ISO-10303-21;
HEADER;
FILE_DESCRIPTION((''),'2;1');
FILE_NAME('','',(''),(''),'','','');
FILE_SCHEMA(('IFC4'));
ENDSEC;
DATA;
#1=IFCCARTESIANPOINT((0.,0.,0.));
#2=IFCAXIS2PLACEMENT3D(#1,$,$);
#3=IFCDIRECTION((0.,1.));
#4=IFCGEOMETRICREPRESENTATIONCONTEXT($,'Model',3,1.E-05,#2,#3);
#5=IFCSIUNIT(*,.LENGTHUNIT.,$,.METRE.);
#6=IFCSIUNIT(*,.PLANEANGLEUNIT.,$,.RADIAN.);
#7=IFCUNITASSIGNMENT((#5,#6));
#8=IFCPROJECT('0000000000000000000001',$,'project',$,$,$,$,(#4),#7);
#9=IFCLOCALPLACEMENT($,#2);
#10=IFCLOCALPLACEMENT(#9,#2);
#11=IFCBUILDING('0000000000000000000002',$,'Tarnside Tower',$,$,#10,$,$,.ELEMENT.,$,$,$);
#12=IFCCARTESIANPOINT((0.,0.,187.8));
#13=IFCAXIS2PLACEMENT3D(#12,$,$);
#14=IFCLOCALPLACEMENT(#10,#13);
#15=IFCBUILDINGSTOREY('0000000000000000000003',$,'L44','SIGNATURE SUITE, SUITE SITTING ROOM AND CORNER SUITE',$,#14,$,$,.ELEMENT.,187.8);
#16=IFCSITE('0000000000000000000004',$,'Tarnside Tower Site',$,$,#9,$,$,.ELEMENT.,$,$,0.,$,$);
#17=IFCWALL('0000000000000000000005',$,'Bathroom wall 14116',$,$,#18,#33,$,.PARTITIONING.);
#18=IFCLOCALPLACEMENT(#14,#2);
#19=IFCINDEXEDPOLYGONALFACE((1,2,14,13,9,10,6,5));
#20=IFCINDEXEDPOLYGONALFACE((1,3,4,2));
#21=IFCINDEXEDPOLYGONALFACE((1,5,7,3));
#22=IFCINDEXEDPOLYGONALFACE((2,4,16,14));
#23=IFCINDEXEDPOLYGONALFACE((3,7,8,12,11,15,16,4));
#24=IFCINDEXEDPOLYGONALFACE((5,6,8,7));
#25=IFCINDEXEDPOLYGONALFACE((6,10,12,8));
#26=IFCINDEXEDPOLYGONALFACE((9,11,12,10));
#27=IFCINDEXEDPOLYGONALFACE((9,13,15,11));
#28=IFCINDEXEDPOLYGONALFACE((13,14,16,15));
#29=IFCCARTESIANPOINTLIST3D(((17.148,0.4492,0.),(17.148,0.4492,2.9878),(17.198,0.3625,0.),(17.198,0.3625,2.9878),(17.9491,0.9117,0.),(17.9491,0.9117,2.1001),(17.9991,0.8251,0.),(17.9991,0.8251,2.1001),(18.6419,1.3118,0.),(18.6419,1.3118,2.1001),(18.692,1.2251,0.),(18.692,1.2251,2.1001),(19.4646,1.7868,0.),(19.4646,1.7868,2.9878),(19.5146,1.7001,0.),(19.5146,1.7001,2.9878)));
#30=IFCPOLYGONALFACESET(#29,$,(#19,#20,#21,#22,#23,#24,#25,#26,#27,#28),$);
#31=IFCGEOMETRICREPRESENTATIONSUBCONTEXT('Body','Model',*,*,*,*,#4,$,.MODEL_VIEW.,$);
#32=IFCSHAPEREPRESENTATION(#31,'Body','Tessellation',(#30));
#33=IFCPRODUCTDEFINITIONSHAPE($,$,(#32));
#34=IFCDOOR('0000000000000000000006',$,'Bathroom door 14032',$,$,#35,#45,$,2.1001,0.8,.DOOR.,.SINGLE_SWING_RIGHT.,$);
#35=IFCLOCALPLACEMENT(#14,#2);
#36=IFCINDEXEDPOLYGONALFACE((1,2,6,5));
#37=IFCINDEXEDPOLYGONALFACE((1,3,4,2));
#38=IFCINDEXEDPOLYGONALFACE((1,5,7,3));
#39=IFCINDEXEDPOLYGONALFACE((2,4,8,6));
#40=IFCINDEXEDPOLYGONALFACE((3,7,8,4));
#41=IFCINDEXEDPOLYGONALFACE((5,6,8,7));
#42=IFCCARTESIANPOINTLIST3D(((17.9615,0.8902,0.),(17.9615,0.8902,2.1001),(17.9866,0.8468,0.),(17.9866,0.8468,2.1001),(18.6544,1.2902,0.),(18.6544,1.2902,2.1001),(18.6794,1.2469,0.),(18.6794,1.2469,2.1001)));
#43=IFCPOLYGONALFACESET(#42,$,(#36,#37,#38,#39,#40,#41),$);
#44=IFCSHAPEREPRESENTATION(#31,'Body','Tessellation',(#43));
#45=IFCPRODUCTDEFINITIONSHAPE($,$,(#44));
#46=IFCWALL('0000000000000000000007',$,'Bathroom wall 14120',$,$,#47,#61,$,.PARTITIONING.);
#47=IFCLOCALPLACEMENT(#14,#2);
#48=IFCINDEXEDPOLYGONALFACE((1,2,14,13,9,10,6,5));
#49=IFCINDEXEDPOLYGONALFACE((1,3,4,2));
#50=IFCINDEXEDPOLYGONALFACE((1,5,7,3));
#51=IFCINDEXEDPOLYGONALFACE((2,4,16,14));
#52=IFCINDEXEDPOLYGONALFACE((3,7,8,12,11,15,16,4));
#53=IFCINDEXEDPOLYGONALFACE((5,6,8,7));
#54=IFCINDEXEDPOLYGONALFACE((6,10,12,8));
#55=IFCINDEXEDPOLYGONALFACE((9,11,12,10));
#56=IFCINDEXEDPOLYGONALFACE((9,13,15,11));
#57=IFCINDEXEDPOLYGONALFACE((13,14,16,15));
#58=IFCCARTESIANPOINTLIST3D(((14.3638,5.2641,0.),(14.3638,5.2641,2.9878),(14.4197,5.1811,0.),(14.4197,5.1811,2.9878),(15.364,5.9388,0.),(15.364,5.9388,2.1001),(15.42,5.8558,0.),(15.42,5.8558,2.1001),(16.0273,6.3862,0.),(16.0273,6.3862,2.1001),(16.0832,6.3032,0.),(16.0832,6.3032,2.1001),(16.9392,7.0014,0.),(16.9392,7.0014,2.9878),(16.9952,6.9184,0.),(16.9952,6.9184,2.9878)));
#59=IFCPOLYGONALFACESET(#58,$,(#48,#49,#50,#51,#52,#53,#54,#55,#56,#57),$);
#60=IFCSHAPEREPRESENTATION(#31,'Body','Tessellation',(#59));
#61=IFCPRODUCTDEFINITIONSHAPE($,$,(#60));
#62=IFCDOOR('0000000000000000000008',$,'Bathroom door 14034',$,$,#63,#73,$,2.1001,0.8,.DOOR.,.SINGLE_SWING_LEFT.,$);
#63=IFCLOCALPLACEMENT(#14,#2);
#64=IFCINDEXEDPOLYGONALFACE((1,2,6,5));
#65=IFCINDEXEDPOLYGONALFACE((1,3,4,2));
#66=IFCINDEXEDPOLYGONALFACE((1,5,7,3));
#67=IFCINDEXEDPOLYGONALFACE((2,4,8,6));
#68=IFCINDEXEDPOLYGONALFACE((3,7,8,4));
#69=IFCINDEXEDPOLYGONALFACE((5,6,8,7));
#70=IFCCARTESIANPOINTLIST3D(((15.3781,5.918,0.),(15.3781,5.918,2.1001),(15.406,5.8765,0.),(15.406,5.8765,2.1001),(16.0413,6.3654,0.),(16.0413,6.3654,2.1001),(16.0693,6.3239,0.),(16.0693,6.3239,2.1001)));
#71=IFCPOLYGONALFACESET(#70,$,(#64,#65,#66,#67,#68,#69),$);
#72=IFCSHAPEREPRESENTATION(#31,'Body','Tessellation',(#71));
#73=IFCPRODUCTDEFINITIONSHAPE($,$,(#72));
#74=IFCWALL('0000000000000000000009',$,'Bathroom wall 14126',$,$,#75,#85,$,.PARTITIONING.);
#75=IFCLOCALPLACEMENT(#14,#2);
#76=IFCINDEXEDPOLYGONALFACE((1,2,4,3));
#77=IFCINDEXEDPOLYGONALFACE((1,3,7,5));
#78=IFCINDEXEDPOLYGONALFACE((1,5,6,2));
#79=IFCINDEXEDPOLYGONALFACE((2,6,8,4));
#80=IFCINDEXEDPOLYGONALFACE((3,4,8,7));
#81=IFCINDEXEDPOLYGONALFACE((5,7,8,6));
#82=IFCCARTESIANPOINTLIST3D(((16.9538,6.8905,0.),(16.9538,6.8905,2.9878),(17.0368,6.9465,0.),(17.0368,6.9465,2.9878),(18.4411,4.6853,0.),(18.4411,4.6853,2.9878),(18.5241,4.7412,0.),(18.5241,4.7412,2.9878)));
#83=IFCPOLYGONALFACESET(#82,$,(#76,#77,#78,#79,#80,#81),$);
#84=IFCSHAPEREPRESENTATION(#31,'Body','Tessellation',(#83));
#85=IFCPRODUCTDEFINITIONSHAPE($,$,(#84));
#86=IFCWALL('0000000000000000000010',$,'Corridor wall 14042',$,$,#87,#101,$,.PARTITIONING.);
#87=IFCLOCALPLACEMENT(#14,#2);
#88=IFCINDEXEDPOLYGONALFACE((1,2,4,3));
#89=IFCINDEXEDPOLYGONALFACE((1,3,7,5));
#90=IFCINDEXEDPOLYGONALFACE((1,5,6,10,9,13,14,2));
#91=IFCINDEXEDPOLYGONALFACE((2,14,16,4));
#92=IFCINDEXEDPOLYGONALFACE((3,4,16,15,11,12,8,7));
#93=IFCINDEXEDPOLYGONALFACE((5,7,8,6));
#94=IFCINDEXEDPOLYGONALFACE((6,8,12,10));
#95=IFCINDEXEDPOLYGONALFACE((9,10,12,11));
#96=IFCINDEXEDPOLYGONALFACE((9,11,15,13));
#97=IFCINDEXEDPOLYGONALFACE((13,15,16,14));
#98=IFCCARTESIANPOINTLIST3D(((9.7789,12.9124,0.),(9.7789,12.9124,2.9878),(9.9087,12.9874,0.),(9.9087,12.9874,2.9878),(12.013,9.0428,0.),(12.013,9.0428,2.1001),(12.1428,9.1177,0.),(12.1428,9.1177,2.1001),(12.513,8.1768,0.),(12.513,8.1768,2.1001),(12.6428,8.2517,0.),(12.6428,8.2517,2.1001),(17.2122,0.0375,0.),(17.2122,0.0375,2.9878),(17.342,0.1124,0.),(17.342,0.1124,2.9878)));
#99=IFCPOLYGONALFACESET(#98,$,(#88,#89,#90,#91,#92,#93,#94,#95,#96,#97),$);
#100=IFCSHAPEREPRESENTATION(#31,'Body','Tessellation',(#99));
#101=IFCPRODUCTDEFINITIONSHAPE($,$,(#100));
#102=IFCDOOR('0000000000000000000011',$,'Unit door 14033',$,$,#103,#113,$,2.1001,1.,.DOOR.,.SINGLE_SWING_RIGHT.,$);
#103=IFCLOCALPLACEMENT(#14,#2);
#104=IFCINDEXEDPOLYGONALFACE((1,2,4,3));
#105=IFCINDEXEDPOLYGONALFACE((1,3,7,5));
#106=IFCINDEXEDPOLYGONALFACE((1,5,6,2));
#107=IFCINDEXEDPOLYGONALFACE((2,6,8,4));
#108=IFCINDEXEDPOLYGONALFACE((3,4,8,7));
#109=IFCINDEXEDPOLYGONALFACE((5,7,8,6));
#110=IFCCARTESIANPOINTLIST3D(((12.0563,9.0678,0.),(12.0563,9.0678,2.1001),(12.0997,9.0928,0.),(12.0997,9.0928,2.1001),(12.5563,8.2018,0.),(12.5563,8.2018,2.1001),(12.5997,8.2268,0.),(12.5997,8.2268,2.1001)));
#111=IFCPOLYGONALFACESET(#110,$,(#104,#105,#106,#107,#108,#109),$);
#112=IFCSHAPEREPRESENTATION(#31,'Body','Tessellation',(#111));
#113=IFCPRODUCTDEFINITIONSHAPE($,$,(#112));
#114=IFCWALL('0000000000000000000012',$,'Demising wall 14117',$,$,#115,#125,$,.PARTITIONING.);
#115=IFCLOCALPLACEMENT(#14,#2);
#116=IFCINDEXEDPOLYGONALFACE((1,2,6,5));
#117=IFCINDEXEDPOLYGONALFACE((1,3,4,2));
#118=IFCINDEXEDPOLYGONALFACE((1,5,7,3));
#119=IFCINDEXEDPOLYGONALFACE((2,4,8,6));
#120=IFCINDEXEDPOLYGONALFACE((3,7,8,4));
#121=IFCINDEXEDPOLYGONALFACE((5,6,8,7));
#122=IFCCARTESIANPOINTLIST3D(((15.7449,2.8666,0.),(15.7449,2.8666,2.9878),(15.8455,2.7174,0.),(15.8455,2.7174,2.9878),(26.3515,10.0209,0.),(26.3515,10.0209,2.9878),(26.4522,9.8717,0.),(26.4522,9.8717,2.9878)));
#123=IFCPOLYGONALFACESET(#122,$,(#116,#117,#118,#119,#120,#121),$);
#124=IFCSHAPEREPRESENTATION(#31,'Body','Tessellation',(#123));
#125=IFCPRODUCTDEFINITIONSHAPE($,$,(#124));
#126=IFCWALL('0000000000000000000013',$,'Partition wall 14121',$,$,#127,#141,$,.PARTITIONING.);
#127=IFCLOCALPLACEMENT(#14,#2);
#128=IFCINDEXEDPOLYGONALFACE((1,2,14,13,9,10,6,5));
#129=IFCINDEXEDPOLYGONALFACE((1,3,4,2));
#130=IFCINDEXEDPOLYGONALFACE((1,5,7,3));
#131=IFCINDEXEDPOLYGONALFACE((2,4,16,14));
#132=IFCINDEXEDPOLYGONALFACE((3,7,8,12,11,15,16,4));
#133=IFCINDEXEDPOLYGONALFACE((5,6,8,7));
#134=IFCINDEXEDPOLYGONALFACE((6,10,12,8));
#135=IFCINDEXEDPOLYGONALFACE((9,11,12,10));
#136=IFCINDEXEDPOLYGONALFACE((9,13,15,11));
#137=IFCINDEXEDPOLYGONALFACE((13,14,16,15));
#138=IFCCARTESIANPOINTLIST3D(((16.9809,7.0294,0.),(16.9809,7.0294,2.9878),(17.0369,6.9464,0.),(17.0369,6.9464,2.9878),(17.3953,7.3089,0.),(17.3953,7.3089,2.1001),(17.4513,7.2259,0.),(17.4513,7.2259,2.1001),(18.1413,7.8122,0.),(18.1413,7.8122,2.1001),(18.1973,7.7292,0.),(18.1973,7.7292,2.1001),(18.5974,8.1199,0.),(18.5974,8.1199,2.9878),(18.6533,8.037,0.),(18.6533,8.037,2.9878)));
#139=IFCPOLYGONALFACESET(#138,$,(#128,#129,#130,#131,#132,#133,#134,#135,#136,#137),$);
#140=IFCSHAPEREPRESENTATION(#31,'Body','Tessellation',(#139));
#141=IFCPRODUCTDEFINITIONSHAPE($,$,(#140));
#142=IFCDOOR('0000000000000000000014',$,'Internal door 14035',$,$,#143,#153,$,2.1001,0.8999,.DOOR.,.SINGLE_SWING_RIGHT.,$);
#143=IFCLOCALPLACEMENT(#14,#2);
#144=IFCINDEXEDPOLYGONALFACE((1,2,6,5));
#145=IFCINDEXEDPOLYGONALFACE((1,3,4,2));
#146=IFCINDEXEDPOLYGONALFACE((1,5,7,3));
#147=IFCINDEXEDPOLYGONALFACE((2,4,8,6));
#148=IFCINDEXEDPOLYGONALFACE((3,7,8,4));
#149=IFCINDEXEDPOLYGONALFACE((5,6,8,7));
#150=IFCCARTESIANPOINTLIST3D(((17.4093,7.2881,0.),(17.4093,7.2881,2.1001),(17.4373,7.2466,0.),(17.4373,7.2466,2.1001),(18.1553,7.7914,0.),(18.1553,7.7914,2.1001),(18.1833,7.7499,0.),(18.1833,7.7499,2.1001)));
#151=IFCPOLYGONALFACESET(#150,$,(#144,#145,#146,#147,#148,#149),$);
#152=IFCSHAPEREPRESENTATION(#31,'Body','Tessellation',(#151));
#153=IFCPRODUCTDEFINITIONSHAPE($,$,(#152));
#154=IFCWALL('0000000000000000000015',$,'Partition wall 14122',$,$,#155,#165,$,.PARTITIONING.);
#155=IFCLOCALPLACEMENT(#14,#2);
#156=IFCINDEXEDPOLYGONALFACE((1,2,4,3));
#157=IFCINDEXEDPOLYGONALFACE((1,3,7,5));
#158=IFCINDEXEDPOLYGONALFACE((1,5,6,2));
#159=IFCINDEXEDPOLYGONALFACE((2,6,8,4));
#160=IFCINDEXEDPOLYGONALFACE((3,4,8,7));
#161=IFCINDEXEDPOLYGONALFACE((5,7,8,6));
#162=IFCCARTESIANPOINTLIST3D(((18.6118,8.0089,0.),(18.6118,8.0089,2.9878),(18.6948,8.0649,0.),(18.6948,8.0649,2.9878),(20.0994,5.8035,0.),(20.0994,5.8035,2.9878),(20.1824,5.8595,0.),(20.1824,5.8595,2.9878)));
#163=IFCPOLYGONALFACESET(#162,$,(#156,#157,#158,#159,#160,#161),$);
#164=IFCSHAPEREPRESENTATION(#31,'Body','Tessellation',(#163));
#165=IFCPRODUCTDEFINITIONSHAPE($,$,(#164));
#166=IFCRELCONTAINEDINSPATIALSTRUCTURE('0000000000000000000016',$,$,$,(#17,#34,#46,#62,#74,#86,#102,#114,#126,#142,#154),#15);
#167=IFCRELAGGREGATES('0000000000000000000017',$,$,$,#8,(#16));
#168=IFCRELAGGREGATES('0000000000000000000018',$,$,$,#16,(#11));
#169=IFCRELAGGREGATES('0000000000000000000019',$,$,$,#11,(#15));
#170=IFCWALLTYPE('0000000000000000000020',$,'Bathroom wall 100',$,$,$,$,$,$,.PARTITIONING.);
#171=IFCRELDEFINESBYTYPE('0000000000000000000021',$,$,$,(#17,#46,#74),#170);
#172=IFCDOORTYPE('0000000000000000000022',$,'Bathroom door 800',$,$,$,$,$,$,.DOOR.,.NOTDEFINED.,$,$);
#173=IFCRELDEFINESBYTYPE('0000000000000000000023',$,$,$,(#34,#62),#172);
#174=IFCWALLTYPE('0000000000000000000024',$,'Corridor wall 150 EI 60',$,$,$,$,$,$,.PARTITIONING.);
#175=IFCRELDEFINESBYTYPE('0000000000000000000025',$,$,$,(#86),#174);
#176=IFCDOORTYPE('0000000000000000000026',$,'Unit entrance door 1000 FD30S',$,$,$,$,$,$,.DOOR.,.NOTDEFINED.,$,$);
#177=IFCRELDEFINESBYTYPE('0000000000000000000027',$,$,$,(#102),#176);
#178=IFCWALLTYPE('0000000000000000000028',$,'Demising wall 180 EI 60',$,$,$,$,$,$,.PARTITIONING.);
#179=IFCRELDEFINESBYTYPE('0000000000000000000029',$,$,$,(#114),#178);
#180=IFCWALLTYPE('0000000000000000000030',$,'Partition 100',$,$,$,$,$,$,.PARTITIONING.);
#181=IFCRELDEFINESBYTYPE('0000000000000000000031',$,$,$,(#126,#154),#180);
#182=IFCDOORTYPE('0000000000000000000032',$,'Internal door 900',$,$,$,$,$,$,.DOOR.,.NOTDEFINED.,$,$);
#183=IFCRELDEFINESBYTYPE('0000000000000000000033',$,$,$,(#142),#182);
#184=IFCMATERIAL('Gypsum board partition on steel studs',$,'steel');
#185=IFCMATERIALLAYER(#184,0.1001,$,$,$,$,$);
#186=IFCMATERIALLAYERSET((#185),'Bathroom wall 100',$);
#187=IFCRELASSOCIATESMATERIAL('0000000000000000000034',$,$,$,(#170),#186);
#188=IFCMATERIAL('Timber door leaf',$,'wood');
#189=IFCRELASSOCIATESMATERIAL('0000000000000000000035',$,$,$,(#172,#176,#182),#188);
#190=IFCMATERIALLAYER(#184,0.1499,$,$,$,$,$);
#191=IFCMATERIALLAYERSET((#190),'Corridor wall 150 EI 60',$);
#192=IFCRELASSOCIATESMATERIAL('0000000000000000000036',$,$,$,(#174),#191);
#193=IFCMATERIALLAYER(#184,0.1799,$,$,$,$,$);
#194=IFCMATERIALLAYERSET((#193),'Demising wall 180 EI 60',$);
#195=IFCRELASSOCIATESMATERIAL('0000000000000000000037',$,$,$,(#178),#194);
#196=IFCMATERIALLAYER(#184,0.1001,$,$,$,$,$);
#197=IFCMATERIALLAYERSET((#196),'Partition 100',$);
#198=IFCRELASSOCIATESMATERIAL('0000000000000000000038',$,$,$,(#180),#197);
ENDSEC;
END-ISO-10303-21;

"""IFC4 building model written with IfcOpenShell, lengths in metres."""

from ifc_helpers import new_model, si_unit, direction, frame, frame_2d, origin, place, context, subcontext, project, spatial, rectangle, extrude, material, layer, layer_set, type_object, element, fill, save


model = new_model("IFC4")

# Units and contexts
model_context = context("Model", 3, precision=1e-05, world=origin(), true_north=direction((0.0, 1.0)))
body_context = subcontext(model_context, "Body", "Model", "MODEL_VIEW")
ifc_project = project(units=[si_unit("LENGTHUNIT", "METRE"), si_unit("PLANEANGLEUNIT", "RADIAN")], contexts=[model_context])

# Site, building, storey
site_placement = place(None, origin())
site = spatial("IfcSite", under=ifc_project, at=site_placement, Name="Tarnside Tower Site", CompositionType="ELEMENT", RefElevation=0.0)
building_placement = place(site_placement, origin())
building = spatial("IfcBuilding", under=site, at=building_placement, Name="Tarnside Tower", CompositionType="ELEMENT")
storey_placement = place(building_placement, frame((0.0, 0.0, 187.8)))
storey = spatial("IfcBuildingStorey", under=building, at=storey_placement, Name="L44", Description="SIGNATURE SUITE, SUITE SITTING ROOM AND CORNER SUITE", CompositionType="ELEMENT", Elevation=187.8)

# Shared definitions
ifc_material_1 = material(Name="Gypsum board partition on steel studs", Category="steel")
ifc_layer_1 = layer(ifc_material_1, 0.1001)
ifc_layer_set_1 = layer_set([ifc_layer_1], Name="Bathroom wall 100")
wall_type_1 = type_object("IfcWallType", Name="Bathroom wall 100", PredefinedType="PARTITIONING", material=ifc_layer_set_1)

# Walls, openings, doors
wall_1_placement = place(storey_placement, frame((19.4895, 1.7434, 0.0), z_axis=(0.0, 0.0, 1.0), x_axis=(-0.866005, -0.500036, 0.0)))
wall_1 = element("IfcWall", 1, at=wall_1_placement, inside=storey, type_object=wall_type_1, Name="Bathroom wall 14116", PredefinedType="PARTITIONING", context=body_context, shape_type="SweptSolid", body=[
    extrude(rectangle(XDim=2.675, YDim=0.1001, at=frame_2d((1.3374, 0.0))), origin(), (0.0, 0.0, 1.0), 2.9878),
])
opening_1_placement = place(wall_1_placement, frame((0.95, 0.0, 0.0)))
opening_1 = element("IfcOpeningElement", 2, at=opening_1_placement, cuts=wall_1, PredefinedType="OPENING", context=body_context, shape_type="SweptSolid", body=[
    extrude(rectangle(XDim=0.8, YDim=2.1001, at=frame_2d((0.3999, 1.05))), frame((0.0, 0.0601, 0.0), z_axis=(0.0, -1.0, 0.0), x_axis=(1.0, 0.0, 0.0)), (0.0, 0.0, 1.0), 0.1201),
])
ifc_material_2 = material(Name="Timber door leaf", Category="wood")
door_type_1 = type_object("IfcDoorType", Name="Bathroom door 800", OperationType="NOTDEFINED", PredefinedType="DOOR", material=ifc_material_2)
door_1_placement = place(opening_1_placement, origin())
door_1 = element("IfcDoor", 3, at=door_1_placement, inside=storey, type_object=door_type_1, Name="Bathroom door 14032", OperationType="SINGLE_SWING_RIGHT", OverallHeight=2.1001, OverallWidth=0.8, PredefinedType="DOOR", context=body_context, shape_type="SweptSolid", body=[
    extrude(rectangle(XDim=0.8, YDim=2.1001, at=frame_2d((0.3999, 1.05))), frame((0.0, 0.0249, 0.0), z_axis=(0.0, -1.0, 0.0), x_axis=(1.0, 0.0, 0.0)), (0.0, 0.0, 1.0), 0.05),
])
fill(opening_1, door_1)
wall_2_placement = place(storey_placement, frame((14.3918, 5.2227, 0.0), z_axis=(0.0, 0.0, 1.0), x_axis=(0.829015, 0.559226, 0.0)))
wall_2 = element("IfcWall", 4, at=wall_2_placement, inside=storey, type_object=wall_type_1, Name="Bathroom wall 14120", PredefinedType="PARTITIONING", context=body_context, shape_type="SweptSolid", body=[
    extrude(rectangle(XDim=3.1067, YDim=0.1001, at=frame_2d((1.5532, 0.0))), origin(), (0.0, 0.0, 1.0), 2.9878),
])
opening_2_placement = place(wall_2_placement, frame((1.2065, 0.0, 0.0)))
opening_2 = element("IfcOpeningElement", 5, at=opening_2_placement, cuts=wall_2, PredefinedType="OPENING", context=body_context, shape_type="SweptSolid", body=[
    extrude(rectangle(XDim=0.8, YDim=2.1001, at=frame_2d((0.3999, 1.05))), frame((0.0, 0.0601, 0.0), z_axis=(0.0, -1.0, 0.0), x_axis=(1.0, 0.0, 0.0)), (0.0, 0.0, 1.0), 0.1201),
])
door_2_placement = place(opening_2_placement, origin())
door_2 = element("IfcDoor", 6, at=door_2_placement, inside=storey, type_object=door_type_1, Name="Bathroom door 14034", OperationType="SINGLE_SWING_LEFT", OverallHeight=2.1001, OverallWidth=0.8, PredefinedType="DOOR", context=body_context, shape_type="SweptSolid", body=[
    extrude(rectangle(XDim=0.8, YDim=2.1001, at=frame_2d((0.3999, 1.05))), frame((0.0, 0.0249, 0.0), z_axis=(0.0, -1.0, 0.0), x_axis=(1.0, 0.0, 0.0)), (0.0, 0.0, 1.0), 0.05),
])
fill(opening_2, door_2)

# Wall
wall_3_placement = place(storey_placement, frame((18.4827, 4.7131, 0.0), z_axis=(0.0, 0.0, 1.0), x_axis=(-0.55914, 0.829073, 0.0)))
element("IfcWall", 7, at=wall_3_placement, inside=storey, type_object=wall_type_1, Name="Bathroom wall 14126", PredefinedType="PARTITIONING", context=body_context, shape_type="SweptSolid", body=[
    extrude(rectangle(XDim=2.6599, YDim=0.1001, at=frame_2d((1.3301, 0.0))), origin(), (0.0, 0.0, 1.0), 2.9878),
])

# Wall, opening, door
ifc_layer_2 = layer(ifc_material_1, 0.1499)
ifc_layer_set_2 = layer_set([ifc_layer_2], Name="Corridor wall 150 EI 60")
wall_type_2 = type_object("IfcWallType", Name="Corridor wall 150 EI 60", PredefinedType="PARTITIONING", material=ifc_layer_set_2)
wall_4_placement = place(storey_placement, frame((17.2771, 0.075, 0.0), z_axis=(0.0, 0.0, 1.0), x_axis=(-0.499998, 0.866026, 0.0)))
wall_4 = element("IfcWall", 8, at=wall_4_placement, inside=storey, type_object=wall_type_2, Name="Corridor wall 14042", PredefinedType="PARTITIONING", context=body_context, shape_type="SweptSolid", body=[
    extrude(rectangle(XDim=14.8667, YDim=0.1499, at=frame_2d((7.4333, 0.0))), origin(), (0.0, 0.0, 1.0), 2.9878),
])
opening_3_placement = place(wall_4_placement, frame((9.3984, 0.0, 0.0)))
opening_3 = element("IfcOpeningElement", 9, at=opening_3_placement, cuts=wall_4, PredefinedType="OPENING", context=body_context, shape_type="SweptSolid", body=[
    extrude(rectangle(XDim=1.0, YDim=2.1001, at=frame_2d((0.5, 1.05))), frame((0.0, 0.085, 0.0), z_axis=(0.0, -1.0, 0.0), x_axis=(1.0, 0.0, 0.0)), (0.0, 0.0, 1.0), 0.1699),
])
door_type_2 = type_object("IfcDoorType", Name="Unit entrance door 1000 FD30S", OperationType="NOTDEFINED", PredefinedType="DOOR", material=ifc_material_2)
door_3_placement = place(opening_3_placement, origin())
door_3 = element("IfcDoor", 10, at=door_3_placement, inside=storey, type_object=door_type_2, Name="Unit door 14033", OperationType="SINGLE_SWING_RIGHT", OverallHeight=2.1001, OverallWidth=1.0, PredefinedType="DOOR", context=body_context, shape_type="SweptSolid", body=[
    extrude(rectangle(XDim=1.0, YDim=2.1001, at=frame_2d((0.5, 1.05))), frame((0.0, 0.0249, 0.0), z_axis=(0.0, -1.0, 0.0), x_axis=(1.0, 0.0, 0.0)), (0.0, 0.0, 1.0), 0.05),
])
fill(opening_3, door_3)

# Wall
ifc_layer_3 = layer(ifc_material_1, 0.1799)
ifc_layer_set_3 = layer_set([ifc_layer_3], Name="Demising wall 180 EI 60")
wall_type_3 = type_object("IfcWallType", Name="Demising wall 180 EI 60", PredefinedType="PARTITIONING", material=ifc_layer_set_3)
wall_5_placement = place(storey_placement, frame((26.4019, 9.9463, 0.0), z_axis=(0.0, 0.0, 1.0), x_axis=(-0.829038, -0.559193, 0.0)))
element("IfcWall", 11, at=wall_5_placement, inside=storey, type_object=wall_type_3, Name="Demising wall 14117", PredefinedType="PARTITIONING", context=body_context, shape_type="SweptSolid", body=[
    extrude(rectangle(XDim=12.7939, YDim=0.1799, at=frame_2d((6.397, 0.0))), origin(), (0.0, 0.0, 1.0), 2.9878),
])

# Wall, opening, door
ifc_layer_4 = layer(ifc_material_1, 0.1001)
ifc_layer_set_4 = layer_set([ifc_layer_4], Name="Partition 100")
wall_type_4 = type_object("IfcWallType", Name="Partition 100", PredefinedType="PARTITIONING", material=ifc_layer_set_4)
wall_6_placement = place(storey_placement, frame((17.0088, 6.9878, 0.0), z_axis=(0.0, 0.0, 1.0), x_axis=(0.828975, 0.559286, 0.0)))
wall_6 = element("IfcWall", 12, at=wall_6_placement, inside=storey, type_object=wall_type_4, Name="Partition wall 14121", PredefinedType="PARTITIONING", context=body_context, shape_type="SweptSolid", body=[
    extrude(rectangle(XDim=1.95, YDim=0.1001, at=frame_2d((0.9751, 0.0))), origin(), (0.0, 0.0, 1.0), 2.9878),
])
opening_4_placement = place(wall_6_placement, frame((0.5, 0.0, 0.0)))
opening_4 = element("IfcOpeningElement", 13, at=opening_4_placement, cuts=wall_6, PredefinedType="OPENING", context=body_context, shape_type="SweptSolid", body=[
    extrude(rectangle(XDim=0.8999, YDim=2.1001, at=frame_2d((0.45, 1.05))), frame((0.0, 0.0601, 0.0), z_axis=(0.0, -1.0, 0.0), x_axis=(1.0, 0.0, 0.0)), (0.0, 0.0, 1.0), 0.1201),
])
door_type_3 = type_object("IfcDoorType", Name="Internal door 900", OperationType="NOTDEFINED", PredefinedType="DOOR", material=ifc_material_2)
door_4_placement = place(opening_4_placement, origin())
door_4 = element("IfcDoor", 14, at=door_4_placement, inside=storey, type_object=door_type_3, Name="Internal door 14035", OperationType="SINGLE_SWING_RIGHT", OverallHeight=2.1001, OverallWidth=0.8999, PredefinedType="DOOR", context=body_context, shape_type="SweptSolid", body=[
    extrude(rectangle(XDim=0.8999, YDim=2.1001, at=frame_2d((0.45, 1.05))), frame((0.0, 0.0249, 0.0), z_axis=(0.0, -1.0, 0.0), x_axis=(1.0, 0.0, 0.0)), (0.0, 0.0, 1.0), 0.05),
])
fill(opening_4, door_4)

# Wall
wall_7_placement = place(storey_placement, frame((18.6533, 8.0369, 0.0), z_axis=(0.0, 0.0, 1.0), x_axis=(0.559203, -0.829031, 0.0)))
element("IfcWall", 15, at=wall_7_placement, inside=storey, type_object=wall_type_4, Name="Partition wall 14122", PredefinedType="PARTITIONING", context=body_context, shape_type="SweptSolid", body=[
    extrude(rectangle(XDim=2.6602, YDim=0.1001, at=frame_2d((1.3301, 0.0))), origin(), (0.0, 0.0, 1.0), 2.9878),
])

save(model, "model.ifc")
